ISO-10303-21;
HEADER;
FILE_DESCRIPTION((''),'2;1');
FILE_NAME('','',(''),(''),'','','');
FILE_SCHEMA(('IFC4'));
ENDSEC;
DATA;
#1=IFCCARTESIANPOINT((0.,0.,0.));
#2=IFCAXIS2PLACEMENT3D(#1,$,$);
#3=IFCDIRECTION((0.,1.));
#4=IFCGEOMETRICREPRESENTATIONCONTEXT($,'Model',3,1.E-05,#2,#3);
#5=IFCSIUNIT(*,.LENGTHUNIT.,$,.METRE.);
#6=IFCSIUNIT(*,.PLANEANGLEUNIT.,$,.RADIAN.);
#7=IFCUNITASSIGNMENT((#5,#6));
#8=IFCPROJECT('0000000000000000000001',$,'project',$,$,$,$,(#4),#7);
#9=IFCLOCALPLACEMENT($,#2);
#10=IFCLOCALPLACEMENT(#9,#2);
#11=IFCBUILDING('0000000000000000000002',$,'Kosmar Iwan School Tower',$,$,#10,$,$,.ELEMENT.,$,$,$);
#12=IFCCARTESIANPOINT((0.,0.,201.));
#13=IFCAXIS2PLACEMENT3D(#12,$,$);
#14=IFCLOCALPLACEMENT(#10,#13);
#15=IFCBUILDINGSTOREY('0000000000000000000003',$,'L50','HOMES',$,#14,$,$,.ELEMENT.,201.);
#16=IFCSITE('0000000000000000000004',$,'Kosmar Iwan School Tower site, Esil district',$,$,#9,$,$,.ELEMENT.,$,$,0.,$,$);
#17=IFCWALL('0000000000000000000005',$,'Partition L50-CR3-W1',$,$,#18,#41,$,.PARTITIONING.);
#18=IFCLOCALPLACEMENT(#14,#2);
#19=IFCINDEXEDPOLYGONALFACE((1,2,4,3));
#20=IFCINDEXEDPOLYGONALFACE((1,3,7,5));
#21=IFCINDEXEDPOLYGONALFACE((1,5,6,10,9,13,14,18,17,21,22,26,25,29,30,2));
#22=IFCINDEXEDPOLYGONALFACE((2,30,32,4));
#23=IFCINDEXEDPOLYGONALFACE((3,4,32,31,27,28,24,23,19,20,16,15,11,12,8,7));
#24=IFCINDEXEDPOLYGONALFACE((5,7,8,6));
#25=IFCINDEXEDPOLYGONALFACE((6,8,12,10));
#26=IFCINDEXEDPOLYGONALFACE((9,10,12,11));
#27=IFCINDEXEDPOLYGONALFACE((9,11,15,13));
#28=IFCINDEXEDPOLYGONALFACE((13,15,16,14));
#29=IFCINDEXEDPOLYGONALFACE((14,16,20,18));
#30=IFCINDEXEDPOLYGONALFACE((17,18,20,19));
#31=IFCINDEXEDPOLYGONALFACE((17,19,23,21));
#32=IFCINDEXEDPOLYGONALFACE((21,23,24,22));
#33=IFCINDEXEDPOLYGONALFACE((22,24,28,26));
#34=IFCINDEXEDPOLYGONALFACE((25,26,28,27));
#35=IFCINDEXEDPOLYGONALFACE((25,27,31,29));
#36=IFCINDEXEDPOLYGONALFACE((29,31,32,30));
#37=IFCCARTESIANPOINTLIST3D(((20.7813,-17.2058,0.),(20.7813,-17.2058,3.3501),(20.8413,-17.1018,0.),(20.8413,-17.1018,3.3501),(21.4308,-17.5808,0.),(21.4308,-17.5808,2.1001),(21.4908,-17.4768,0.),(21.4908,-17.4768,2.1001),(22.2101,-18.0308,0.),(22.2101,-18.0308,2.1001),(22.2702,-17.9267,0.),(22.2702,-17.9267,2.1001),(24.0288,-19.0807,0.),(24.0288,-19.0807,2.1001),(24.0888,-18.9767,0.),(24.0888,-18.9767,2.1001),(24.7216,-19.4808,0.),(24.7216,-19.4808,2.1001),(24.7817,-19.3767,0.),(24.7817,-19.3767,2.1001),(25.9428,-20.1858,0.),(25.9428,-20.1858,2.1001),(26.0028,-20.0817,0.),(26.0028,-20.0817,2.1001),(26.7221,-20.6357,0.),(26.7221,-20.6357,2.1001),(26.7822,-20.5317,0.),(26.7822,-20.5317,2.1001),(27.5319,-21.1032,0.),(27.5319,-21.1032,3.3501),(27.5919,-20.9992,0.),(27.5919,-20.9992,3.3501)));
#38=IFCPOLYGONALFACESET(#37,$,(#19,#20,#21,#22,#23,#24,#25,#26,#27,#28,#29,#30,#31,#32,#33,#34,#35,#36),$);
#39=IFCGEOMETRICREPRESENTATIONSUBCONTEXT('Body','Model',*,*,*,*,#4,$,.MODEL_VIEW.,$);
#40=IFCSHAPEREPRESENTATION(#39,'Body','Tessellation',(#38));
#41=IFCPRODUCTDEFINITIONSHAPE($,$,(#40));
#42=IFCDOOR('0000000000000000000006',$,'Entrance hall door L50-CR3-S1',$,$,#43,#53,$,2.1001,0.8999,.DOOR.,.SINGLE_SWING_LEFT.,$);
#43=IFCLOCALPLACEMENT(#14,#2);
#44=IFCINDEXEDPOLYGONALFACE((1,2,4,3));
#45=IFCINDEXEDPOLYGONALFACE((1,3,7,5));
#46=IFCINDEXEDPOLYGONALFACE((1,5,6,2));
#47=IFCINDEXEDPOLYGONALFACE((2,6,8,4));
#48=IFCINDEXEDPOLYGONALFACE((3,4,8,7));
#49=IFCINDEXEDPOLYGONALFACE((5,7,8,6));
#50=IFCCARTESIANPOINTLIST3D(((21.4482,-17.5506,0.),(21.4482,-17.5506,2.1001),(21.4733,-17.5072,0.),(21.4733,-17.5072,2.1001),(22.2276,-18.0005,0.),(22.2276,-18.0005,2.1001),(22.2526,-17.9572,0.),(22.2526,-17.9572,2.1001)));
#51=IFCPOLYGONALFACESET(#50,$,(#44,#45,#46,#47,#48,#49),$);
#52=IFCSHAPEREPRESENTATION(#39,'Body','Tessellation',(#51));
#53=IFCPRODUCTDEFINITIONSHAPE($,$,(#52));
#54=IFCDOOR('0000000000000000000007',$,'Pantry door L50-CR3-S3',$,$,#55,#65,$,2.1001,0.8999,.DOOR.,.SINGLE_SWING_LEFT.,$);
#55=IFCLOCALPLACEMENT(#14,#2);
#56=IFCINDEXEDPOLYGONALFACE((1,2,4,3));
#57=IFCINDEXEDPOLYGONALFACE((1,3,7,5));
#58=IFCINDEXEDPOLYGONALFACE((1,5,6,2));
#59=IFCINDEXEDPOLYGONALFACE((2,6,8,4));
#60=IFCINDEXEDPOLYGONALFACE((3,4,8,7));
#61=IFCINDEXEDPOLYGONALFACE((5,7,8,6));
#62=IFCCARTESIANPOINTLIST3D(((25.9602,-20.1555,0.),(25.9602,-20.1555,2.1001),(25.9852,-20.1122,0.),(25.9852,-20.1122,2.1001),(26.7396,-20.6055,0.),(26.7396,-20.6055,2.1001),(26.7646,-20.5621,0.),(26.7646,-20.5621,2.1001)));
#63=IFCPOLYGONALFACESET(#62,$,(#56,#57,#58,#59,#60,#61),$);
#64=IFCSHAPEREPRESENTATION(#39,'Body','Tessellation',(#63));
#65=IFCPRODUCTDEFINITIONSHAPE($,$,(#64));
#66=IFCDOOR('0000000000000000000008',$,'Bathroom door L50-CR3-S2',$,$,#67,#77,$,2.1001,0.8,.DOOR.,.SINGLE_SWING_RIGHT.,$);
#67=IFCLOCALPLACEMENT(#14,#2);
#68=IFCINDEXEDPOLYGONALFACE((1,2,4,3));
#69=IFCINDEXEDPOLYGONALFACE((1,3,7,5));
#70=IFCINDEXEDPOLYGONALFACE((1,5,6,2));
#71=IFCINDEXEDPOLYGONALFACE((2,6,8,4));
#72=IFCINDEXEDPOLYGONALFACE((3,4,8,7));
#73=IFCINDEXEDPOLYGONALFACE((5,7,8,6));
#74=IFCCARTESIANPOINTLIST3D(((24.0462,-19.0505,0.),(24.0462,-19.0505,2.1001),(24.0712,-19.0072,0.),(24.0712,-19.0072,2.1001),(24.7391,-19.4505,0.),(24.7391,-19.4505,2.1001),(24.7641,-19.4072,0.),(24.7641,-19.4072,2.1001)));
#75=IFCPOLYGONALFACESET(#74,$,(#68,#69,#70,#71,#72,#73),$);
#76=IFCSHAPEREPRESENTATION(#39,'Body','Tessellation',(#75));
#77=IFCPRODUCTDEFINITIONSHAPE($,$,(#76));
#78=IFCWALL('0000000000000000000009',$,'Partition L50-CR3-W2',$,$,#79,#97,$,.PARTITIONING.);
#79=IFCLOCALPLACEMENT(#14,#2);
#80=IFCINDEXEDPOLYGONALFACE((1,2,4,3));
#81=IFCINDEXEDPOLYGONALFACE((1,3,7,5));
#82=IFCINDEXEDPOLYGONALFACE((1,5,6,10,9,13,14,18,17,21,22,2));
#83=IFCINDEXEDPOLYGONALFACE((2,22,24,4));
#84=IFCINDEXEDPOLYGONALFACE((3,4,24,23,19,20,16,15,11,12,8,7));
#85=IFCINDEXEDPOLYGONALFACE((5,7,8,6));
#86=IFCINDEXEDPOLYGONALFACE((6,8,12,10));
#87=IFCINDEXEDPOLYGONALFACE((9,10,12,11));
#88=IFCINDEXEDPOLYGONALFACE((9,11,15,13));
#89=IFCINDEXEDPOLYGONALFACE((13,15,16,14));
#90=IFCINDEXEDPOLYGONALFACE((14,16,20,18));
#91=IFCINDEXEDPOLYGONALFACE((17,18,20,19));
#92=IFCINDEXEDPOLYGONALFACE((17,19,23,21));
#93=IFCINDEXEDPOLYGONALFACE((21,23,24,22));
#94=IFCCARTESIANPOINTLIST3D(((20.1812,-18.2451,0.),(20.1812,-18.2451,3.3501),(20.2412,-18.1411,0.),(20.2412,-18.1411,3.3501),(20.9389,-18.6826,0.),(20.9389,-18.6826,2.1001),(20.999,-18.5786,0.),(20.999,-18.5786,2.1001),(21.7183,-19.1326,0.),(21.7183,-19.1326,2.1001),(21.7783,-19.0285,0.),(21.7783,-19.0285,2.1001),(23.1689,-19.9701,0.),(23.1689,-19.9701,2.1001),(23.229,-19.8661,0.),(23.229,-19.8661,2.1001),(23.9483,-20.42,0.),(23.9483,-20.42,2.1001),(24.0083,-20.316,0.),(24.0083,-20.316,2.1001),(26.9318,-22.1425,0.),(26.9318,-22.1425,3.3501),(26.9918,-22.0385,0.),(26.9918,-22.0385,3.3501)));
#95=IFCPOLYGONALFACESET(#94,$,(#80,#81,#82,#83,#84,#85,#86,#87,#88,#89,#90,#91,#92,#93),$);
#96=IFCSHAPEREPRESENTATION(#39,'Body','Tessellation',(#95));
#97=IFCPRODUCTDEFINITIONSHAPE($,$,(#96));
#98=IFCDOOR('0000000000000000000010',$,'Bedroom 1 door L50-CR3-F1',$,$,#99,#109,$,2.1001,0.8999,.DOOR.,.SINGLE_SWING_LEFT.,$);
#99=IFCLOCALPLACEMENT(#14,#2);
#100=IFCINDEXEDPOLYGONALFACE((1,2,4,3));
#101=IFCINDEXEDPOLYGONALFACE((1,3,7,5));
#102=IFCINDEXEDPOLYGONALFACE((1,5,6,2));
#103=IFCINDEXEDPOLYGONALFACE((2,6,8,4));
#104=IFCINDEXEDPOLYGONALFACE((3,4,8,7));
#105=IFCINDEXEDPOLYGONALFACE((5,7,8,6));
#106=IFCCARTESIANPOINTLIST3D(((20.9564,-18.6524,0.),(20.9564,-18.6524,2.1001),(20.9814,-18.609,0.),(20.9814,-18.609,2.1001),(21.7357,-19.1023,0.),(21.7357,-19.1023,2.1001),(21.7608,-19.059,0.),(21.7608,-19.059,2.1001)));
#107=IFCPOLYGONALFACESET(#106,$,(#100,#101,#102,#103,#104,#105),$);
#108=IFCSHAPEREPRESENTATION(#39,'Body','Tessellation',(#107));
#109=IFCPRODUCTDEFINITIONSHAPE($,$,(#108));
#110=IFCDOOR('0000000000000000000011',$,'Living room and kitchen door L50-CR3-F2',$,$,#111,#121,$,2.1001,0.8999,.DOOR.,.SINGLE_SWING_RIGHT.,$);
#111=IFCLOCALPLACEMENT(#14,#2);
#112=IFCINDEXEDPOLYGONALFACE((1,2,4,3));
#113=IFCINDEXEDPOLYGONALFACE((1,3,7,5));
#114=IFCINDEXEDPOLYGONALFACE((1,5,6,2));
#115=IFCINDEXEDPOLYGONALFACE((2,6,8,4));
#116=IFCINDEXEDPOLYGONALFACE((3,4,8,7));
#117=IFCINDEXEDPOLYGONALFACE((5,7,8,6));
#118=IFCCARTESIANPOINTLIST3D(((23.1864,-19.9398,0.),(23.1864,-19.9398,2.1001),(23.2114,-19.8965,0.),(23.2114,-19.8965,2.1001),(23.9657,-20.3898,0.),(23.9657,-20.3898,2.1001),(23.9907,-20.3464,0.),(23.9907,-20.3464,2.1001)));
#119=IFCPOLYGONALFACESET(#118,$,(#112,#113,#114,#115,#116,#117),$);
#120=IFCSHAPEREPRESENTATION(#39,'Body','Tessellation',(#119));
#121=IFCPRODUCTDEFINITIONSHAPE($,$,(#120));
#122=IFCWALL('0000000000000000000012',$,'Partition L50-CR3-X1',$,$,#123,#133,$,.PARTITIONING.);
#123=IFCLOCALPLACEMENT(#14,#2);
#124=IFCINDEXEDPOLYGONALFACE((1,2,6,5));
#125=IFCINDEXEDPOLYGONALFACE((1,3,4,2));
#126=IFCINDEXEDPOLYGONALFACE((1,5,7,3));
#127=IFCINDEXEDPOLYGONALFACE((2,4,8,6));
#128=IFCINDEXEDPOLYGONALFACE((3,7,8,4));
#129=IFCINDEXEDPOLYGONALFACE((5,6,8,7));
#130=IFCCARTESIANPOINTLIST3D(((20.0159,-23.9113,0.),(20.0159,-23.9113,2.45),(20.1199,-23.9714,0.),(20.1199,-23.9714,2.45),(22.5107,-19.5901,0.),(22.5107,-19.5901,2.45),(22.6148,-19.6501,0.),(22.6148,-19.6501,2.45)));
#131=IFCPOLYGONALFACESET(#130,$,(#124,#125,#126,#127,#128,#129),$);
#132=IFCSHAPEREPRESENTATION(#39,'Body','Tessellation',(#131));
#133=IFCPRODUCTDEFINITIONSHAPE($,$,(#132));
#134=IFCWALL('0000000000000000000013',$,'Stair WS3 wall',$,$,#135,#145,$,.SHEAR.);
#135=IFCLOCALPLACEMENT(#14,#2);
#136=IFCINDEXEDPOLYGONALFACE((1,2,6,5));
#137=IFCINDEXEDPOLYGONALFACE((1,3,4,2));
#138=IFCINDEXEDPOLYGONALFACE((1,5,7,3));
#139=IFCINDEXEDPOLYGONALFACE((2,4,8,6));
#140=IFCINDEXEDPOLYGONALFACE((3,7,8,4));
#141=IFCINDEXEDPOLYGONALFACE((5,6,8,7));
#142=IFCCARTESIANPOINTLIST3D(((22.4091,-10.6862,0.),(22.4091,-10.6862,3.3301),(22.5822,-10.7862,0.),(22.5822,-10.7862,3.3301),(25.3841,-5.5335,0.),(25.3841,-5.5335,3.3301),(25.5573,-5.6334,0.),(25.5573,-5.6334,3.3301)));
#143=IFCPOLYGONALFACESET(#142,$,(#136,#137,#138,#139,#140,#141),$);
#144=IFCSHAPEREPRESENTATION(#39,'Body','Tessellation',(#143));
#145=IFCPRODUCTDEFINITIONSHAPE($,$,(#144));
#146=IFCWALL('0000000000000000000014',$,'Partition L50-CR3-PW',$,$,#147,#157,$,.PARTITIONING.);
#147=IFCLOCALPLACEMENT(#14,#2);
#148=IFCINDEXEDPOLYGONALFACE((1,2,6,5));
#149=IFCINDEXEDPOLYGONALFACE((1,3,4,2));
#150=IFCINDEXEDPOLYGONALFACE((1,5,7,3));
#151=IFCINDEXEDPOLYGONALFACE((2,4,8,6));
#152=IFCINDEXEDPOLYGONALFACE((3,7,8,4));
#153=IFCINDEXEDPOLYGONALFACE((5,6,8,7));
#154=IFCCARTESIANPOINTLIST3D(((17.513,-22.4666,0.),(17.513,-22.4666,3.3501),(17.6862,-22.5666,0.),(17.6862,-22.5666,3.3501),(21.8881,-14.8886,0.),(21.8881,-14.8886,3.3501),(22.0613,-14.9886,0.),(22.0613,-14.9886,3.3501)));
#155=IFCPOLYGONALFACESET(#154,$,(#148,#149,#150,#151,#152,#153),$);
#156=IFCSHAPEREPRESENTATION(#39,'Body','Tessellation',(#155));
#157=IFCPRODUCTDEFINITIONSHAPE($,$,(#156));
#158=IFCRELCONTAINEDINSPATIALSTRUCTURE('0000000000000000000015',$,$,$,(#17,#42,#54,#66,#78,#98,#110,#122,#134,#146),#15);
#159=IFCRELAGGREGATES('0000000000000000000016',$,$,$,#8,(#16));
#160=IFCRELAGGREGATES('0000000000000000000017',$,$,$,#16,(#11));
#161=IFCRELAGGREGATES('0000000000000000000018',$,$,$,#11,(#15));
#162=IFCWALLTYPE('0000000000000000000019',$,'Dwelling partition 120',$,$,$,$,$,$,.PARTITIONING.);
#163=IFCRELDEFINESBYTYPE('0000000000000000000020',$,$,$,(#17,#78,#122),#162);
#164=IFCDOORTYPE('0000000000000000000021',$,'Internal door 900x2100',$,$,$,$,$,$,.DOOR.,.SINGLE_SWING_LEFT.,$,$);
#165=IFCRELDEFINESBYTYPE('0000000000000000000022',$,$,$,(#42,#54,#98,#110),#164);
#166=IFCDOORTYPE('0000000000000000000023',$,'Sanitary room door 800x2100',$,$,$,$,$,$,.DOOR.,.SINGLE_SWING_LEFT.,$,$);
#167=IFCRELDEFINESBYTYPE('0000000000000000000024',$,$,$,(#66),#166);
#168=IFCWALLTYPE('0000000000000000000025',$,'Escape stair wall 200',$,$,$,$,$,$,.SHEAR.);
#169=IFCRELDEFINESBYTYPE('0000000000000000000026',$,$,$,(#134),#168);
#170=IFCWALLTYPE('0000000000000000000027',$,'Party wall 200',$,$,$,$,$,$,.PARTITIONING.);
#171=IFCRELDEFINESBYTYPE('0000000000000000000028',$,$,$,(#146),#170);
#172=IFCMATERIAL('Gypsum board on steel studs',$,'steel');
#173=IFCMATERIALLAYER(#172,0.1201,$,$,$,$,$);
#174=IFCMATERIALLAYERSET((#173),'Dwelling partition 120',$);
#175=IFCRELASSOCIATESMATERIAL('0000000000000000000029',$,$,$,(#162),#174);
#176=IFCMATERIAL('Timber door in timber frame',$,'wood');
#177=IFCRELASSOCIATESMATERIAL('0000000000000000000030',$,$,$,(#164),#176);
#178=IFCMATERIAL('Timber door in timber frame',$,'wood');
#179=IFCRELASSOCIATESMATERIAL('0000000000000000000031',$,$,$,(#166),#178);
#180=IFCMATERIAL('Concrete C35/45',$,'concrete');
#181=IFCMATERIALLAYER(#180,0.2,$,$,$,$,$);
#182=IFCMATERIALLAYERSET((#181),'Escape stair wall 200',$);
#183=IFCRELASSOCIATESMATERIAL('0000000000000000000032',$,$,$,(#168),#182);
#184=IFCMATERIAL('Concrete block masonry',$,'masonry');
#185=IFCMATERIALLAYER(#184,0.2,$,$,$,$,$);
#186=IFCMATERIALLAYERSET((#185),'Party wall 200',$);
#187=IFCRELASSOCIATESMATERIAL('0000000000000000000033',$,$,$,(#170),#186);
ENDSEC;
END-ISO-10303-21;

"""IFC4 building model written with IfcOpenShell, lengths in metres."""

from ifc_helpers import new_model, si_unit, direction, frame, frame_2d, origin, place, context, subcontext, project, spatial, rectangle, extrude, material, layer, layer_set, type_object, element, fill, save


model = new_model("IFC4")

# Units and contexts
model_context = context("Model", 3, precision=1e-05, world=origin(), true_north=direction((0.0, 1.0)))
body_context = subcontext(model_context, "Body", "Model", "MODEL_VIEW")
ifc_project = project(units=[si_unit("LENGTHUNIT", "METRE"), si_unit("PLANEANGLEUNIT", "RADIAN")], contexts=[model_context])

# Site, building, storey
site_placement = place(None, origin())
site = spatial("IfcSite", under=ifc_project, at=site_placement, Name="Kosmar Iwan School Tower site, Esil district", CompositionType="ELEMENT", RefElevation=0.0)
building_placement = place(site_placement, origin())
building = spatial("IfcBuilding", under=site, at=building_placement, Name="Kosmar Iwan School Tower", CompositionType="ELEMENT")
storey_placement = place(building_placement, frame((0.0, 0.0, 201.0)))
storey = spatial("IfcBuildingStorey", under=building, at=storey_placement, Name="L50", Description="HOMES", CompositionType="ELEMENT", Elevation=201.0)

# Shared definitions
ifc_material_1 = material(Name="Gypsum board on steel studs", Category="steel")
ifc_layer_1 = layer(ifc_material_1, 0.1201)
ifc_layer_set_1 = layer_set([ifc_layer_1], Name="Dwelling partition 120")
wall_type_1 = type_object("IfcWallType", Name="Dwelling partition 120", PredefinedType="PARTITIONING", material=ifc_layer_set_1)

# Walls, openings, doors
wall_1_placement = place(storey_placement, frame((20.8113, -17.1538, 0.0), z_axis=(0.0, 0.0, 1.0), x_axis=(0.86603, -0.499993, 0.0)))
wall_1 = element("IfcWall", 1, at=wall_1_placement, inside=storey, type_object=wall_type_1, Name="Partition L50-CR3-W1", PredefinedType="PARTITIONING", context=body_context, shape_type="SweptSolid", body=[
    extrude(rectangle(XDim=7.7949, YDim=0.1201, at=frame_2d((3.8975, 0.0))), origin(), (0.0, 0.0, 1.0), 3.3501),
])
opening_1_placement = place(wall_1_placement, frame((0.75, 0.0, 0.0)))
opening_1 = element("IfcOpeningElement", 2, at=opening_1_placement, cuts=wall_1, PredefinedType="OPENING", context=body_context, shape_type="SweptSolid", body=[
    extrude(rectangle(XDim=0.8999, YDim=2.1001, at=frame_2d((0.45, 1.05))), frame((0.0, 0.072, 0.0), z_axis=(0.0, -1.0, 0.0), x_axis=(1.0, 0.0, 0.0)), (0.0, 0.0, 1.0), 0.144),
])
opening_2_placement = place(wall_1_placement, frame((3.75, 0.0, 0.0)))
opening_2 = element("IfcOpeningElement", 3, at=opening_2_placement, cuts=wall_1, PredefinedType="OPENING", context=body_context, shape_type="SweptSolid", body=[
    extrude(rectangle(XDim=0.8, YDim=2.1001, at=frame_2d((0.3999, 1.05))), frame((0.0, 0.072, 0.0), z_axis=(0.0, -1.0, 0.0), x_axis=(1.0, 0.0, 0.0)), (0.0, 0.0, 1.0), 0.144),
])
opening_3_placement = place(wall_1_placement, frame((5.96, 0.0, 0.0)))
opening_3 = element("IfcOpeningElement", 4, at=opening_3_placement, cuts=wall_1, PredefinedType="OPENING", context=body_context, shape_type="SweptSolid", body=[
    extrude(rectangle(XDim=0.8999, YDim=2.1001, at=frame_2d((0.45, 1.05))), frame((0.0, 0.072, 0.0), z_axis=(0.0, -1.0, 0.0), x_axis=(1.0, 0.0, 0.0)), (0.0, 0.0, 1.0), 0.144),
])
ifc_material_2 = material(Name="Timber door in timber frame", Category="wood")
door_type_1 = type_object("IfcDoorType", Name="Internal door 900x2100", OperationType="SINGLE_SWING_LEFT", PredefinedType="DOOR", material=ifc_material_2)
door_1_placement = place(opening_1_placement, origin())
door_1 = element("IfcDoor", 5, at=door_1_placement, inside=storey, type_object=door_type_1, Name="Entrance hall door L50-CR3-S1", OperationType="SINGLE_SWING_LEFT", OverallHeight=2.1001, OverallWidth=0.8999, PredefinedType="DOOR", context=body_context, shape_type="SweptSolid", body=[
    extrude(rectangle(XDim=0.8999, YDim=2.1001, at=frame_2d((0.45, 1.05))), frame((0.0, 0.0249, 0.0), z_axis=(0.0, -1.0, 0.0), x_axis=(1.0, 0.0, 0.0)), (0.0, 0.0, 1.0), 0.05),
])
fill(opening_1, door_1)
door_2_placement = place(opening_3_placement, origin())
door_2 = element("IfcDoor", 6, at=door_2_placement, inside=storey, type_object=door_type_1, Name="Pantry door L50-CR3-S3", OperationType="SINGLE_SWING_LEFT", OverallHeight=2.1001, OverallWidth=0.8999, PredefinedType="DOOR", context=body_context, shape_type="SweptSolid", body=[
    extrude(rectangle(XDim=0.8999, YDim=2.1001, at=frame_2d((0.45, 1.05))), frame((0.0, 0.0249, 0.0), z_axis=(0.0, -1.0, 0.0), x_axis=(1.0, 0.0, 0.0)), (0.0, 0.0, 1.0), 0.05),
])
fill(opening_3, door_2)
ifc_material_3 = material(Name="Timber door in timber frame", Category="wood")
door_type_2 = type_object("IfcDoorType", Name="Sanitary room door 800x2100", OperationType="SINGLE_SWING_LEFT", PredefinedType="DOOR", material=ifc_material_3)
door_3_placement = place(opening_2_placement, origin())
door_3 = element("IfcDoor", 7, at=door_3_placement, inside=storey, type_object=door_type_2, Name="Bathroom door L50-CR3-S2", OperationType="SINGLE_SWING_RIGHT", OverallHeight=2.1001, OverallWidth=0.8, PredefinedType="DOOR", context=body_context, shape_type="SweptSolid", body=[
    extrude(rectangle(XDim=0.8, YDim=2.1001, at=frame_2d((0.3999, 1.05))), frame((0.0, 0.0249, 0.0), z_axis=(0.0, -1.0, 0.0), x_axis=(1.0, 0.0, 0.0)), (0.0, 0.0, 1.0), 0.05),
])
fill(opening_2, door_3)
wall_2_placement = place(storey_placement, frame((20.2112, -18.1931, 0.0), z_axis=(0.0, 0.0, 1.0), x_axis=(0.86603, -0.499993, 0.0)))
wall_2 = element("IfcWall", 8, at=wall_2_placement, inside=storey, type_object=wall_type_1, Name="Partition L50-CR3-W2", PredefinedType="PARTITIONING", context=body_context, shape_type="SweptSolid", body=[
    extrude(rectangle(XDim=7.7949, YDim=0.1201, at=frame_2d((3.8975, 0.0))), origin(), (0.0, 0.0, 1.0), 3.3501),
])
opening_4_placement = place(wall_2_placement, frame((0.875, 0.0, 0.0)))
opening_4 = element("IfcOpeningElement", 9, at=opening_4_placement, cuts=wall_2, PredefinedType="OPENING", context=body_context, shape_type="SweptSolid", body=[
    extrude(rectangle(XDim=0.8999, YDim=2.1001, at=frame_2d((0.45, 1.05))), frame((0.0, 0.072, 0.0), z_axis=(0.0, -1.0, 0.0), x_axis=(1.0, 0.0, 0.0)), (0.0, 0.0, 1.0), 0.144),
])
opening_5_placement = place(wall_2_placement, frame((3.45, 0.0, 0.0)))
opening_5 = element("IfcOpeningElement", 10, at=opening_5_placement, cuts=wall_2, PredefinedType="OPENING", context=body_context, shape_type="SweptSolid", body=[
    extrude(rectangle(XDim=0.8999, YDim=2.1001, at=frame_2d((0.45, 1.05))), frame((0.0, 0.072, 0.0), z_axis=(0.0, -1.0, 0.0), x_axis=(1.0, 0.0, 0.0)), (0.0, 0.0, 1.0), 0.144),
])
door_4_placement = place(opening_4_placement, origin())
door_4 = element("IfcDoor", 11, at=door_4_placement, inside=storey, type_object=door_type_1, Name="Bedroom 1 door L50-CR3-F1", OperationType="SINGLE_SWING_LEFT", OverallHeight=2.1001, OverallWidth=0.8999, PredefinedType="DOOR", context=body_context, shape_type="SweptSolid", body=[
    extrude(rectangle(XDim=0.8999, YDim=2.1001, at=frame_2d((0.45, 1.05))), frame((0.0, 0.0249, 0.0), z_axis=(0.0, -1.0, 0.0), x_axis=(1.0, 0.0, 0.0)), (0.0, 0.0, 1.0), 0.05),
])
fill(opening_4, door_4)
door_5_placement = place(opening_5_placement, origin())
door_5 = element("IfcDoor", 12, at=door_5_placement, inside=storey, type_object=door_type_1, Name="Living room and kitchen door L50-CR3-F2", OperationType="SINGLE_SWING_RIGHT", OverallHeight=2.1001, OverallWidth=0.8999, PredefinedType="DOOR", context=body_context, shape_type="SweptSolid", body=[
    extrude(rectangle(XDim=0.8999, YDim=2.1001, at=frame_2d((0.45, 1.05))), frame((0.0, 0.0249, 0.0), z_axis=(0.0, -1.0, 0.0), x_axis=(1.0, 0.0, 0.0)), (0.0, 0.0, 1.0), 0.05),
])
fill(opening_5, door_5)

# Walls
wall_3_placement = place(storey_placement, frame((22.5627, -19.6201, 0.0), z_axis=(0.0, 0.0, 1.0), x_axis=(-0.499996, -0.866028, 0.0)))
element("IfcWall", 13, at=wall_3_placement, inside=storey, type_object=wall_type_1, Name="Partition L50-CR3-X1", PredefinedType="PARTITIONING", context=body_context, shape_type="SweptSolid", body=[
    extrude(rectangle(XDim=4.9897, YDim=0.1201, at=frame_2d((2.4949, 0.0))), origin(), (0.0, 0.0, 1.0), 2.45),
])
ifc_material_4 = material(Name="Concrete C35/45", Category="concrete")
ifc_layer_2 = layer(ifc_material_4, 0.2)
ifc_layer_set_2 = layer_set([ifc_layer_2], Name="Escape stair wall 200")
wall_type_2 = type_object("IfcWallType", Name="Escape stair wall 200", PredefinedType="SHEAR", material=ifc_layer_set_2)
wall_4_placement = place(storey_placement, frame((22.4956, -10.7363, 0.0), z_axis=(0.0, 0.0, 1.0), x_axis=(0.500014, 0.866017, 0.0)))
element("IfcWall", 14, at=wall_4_placement, inside=storey, type_object=wall_type_2, Name="Stair WS3 wall", PredefinedType="SHEAR", context=body_context, shape_type="SweptSolid", body=[
    extrude(rectangle(XDim=5.95, YDim=0.2, at=frame_2d((2.9751, 0.0))), origin(), (0.0, 0.0, 1.0), 3.3301),
])
ifc_material_5 = material(Name="Concrete block masonry", Category="masonry")
ifc_layer_3 = layer(ifc_material_5, 0.2)
ifc_layer_set_3 = layer_set([ifc_layer_3], Name="Party wall 200")
wall_type_3 = type_object("IfcWallType", Name="Party wall 200", PredefinedType="PARTITIONING", material=ifc_layer_set_3)
wall_5_placement = place(storey_placement, frame((21.9746, -14.9387, 0.0), z_axis=(0.0, 0.0, 1.0), x_axis=(-0.499992, -0.86603, 0.0)))
element("IfcWall", 15, at=wall_5_placement, inside=storey, type_object=wall_type_3, Name="Partition L50-CR3-PW", PredefinedType="PARTITIONING", context=body_context, shape_type="SweptSolid", body=[
    extrude(rectangle(XDim=8.7502, YDim=0.2, at=frame_2d((4.375, 0.0))), origin(), (0.0, 0.0, 1.0), 3.3501),
])

save(model, "model.ifc")
